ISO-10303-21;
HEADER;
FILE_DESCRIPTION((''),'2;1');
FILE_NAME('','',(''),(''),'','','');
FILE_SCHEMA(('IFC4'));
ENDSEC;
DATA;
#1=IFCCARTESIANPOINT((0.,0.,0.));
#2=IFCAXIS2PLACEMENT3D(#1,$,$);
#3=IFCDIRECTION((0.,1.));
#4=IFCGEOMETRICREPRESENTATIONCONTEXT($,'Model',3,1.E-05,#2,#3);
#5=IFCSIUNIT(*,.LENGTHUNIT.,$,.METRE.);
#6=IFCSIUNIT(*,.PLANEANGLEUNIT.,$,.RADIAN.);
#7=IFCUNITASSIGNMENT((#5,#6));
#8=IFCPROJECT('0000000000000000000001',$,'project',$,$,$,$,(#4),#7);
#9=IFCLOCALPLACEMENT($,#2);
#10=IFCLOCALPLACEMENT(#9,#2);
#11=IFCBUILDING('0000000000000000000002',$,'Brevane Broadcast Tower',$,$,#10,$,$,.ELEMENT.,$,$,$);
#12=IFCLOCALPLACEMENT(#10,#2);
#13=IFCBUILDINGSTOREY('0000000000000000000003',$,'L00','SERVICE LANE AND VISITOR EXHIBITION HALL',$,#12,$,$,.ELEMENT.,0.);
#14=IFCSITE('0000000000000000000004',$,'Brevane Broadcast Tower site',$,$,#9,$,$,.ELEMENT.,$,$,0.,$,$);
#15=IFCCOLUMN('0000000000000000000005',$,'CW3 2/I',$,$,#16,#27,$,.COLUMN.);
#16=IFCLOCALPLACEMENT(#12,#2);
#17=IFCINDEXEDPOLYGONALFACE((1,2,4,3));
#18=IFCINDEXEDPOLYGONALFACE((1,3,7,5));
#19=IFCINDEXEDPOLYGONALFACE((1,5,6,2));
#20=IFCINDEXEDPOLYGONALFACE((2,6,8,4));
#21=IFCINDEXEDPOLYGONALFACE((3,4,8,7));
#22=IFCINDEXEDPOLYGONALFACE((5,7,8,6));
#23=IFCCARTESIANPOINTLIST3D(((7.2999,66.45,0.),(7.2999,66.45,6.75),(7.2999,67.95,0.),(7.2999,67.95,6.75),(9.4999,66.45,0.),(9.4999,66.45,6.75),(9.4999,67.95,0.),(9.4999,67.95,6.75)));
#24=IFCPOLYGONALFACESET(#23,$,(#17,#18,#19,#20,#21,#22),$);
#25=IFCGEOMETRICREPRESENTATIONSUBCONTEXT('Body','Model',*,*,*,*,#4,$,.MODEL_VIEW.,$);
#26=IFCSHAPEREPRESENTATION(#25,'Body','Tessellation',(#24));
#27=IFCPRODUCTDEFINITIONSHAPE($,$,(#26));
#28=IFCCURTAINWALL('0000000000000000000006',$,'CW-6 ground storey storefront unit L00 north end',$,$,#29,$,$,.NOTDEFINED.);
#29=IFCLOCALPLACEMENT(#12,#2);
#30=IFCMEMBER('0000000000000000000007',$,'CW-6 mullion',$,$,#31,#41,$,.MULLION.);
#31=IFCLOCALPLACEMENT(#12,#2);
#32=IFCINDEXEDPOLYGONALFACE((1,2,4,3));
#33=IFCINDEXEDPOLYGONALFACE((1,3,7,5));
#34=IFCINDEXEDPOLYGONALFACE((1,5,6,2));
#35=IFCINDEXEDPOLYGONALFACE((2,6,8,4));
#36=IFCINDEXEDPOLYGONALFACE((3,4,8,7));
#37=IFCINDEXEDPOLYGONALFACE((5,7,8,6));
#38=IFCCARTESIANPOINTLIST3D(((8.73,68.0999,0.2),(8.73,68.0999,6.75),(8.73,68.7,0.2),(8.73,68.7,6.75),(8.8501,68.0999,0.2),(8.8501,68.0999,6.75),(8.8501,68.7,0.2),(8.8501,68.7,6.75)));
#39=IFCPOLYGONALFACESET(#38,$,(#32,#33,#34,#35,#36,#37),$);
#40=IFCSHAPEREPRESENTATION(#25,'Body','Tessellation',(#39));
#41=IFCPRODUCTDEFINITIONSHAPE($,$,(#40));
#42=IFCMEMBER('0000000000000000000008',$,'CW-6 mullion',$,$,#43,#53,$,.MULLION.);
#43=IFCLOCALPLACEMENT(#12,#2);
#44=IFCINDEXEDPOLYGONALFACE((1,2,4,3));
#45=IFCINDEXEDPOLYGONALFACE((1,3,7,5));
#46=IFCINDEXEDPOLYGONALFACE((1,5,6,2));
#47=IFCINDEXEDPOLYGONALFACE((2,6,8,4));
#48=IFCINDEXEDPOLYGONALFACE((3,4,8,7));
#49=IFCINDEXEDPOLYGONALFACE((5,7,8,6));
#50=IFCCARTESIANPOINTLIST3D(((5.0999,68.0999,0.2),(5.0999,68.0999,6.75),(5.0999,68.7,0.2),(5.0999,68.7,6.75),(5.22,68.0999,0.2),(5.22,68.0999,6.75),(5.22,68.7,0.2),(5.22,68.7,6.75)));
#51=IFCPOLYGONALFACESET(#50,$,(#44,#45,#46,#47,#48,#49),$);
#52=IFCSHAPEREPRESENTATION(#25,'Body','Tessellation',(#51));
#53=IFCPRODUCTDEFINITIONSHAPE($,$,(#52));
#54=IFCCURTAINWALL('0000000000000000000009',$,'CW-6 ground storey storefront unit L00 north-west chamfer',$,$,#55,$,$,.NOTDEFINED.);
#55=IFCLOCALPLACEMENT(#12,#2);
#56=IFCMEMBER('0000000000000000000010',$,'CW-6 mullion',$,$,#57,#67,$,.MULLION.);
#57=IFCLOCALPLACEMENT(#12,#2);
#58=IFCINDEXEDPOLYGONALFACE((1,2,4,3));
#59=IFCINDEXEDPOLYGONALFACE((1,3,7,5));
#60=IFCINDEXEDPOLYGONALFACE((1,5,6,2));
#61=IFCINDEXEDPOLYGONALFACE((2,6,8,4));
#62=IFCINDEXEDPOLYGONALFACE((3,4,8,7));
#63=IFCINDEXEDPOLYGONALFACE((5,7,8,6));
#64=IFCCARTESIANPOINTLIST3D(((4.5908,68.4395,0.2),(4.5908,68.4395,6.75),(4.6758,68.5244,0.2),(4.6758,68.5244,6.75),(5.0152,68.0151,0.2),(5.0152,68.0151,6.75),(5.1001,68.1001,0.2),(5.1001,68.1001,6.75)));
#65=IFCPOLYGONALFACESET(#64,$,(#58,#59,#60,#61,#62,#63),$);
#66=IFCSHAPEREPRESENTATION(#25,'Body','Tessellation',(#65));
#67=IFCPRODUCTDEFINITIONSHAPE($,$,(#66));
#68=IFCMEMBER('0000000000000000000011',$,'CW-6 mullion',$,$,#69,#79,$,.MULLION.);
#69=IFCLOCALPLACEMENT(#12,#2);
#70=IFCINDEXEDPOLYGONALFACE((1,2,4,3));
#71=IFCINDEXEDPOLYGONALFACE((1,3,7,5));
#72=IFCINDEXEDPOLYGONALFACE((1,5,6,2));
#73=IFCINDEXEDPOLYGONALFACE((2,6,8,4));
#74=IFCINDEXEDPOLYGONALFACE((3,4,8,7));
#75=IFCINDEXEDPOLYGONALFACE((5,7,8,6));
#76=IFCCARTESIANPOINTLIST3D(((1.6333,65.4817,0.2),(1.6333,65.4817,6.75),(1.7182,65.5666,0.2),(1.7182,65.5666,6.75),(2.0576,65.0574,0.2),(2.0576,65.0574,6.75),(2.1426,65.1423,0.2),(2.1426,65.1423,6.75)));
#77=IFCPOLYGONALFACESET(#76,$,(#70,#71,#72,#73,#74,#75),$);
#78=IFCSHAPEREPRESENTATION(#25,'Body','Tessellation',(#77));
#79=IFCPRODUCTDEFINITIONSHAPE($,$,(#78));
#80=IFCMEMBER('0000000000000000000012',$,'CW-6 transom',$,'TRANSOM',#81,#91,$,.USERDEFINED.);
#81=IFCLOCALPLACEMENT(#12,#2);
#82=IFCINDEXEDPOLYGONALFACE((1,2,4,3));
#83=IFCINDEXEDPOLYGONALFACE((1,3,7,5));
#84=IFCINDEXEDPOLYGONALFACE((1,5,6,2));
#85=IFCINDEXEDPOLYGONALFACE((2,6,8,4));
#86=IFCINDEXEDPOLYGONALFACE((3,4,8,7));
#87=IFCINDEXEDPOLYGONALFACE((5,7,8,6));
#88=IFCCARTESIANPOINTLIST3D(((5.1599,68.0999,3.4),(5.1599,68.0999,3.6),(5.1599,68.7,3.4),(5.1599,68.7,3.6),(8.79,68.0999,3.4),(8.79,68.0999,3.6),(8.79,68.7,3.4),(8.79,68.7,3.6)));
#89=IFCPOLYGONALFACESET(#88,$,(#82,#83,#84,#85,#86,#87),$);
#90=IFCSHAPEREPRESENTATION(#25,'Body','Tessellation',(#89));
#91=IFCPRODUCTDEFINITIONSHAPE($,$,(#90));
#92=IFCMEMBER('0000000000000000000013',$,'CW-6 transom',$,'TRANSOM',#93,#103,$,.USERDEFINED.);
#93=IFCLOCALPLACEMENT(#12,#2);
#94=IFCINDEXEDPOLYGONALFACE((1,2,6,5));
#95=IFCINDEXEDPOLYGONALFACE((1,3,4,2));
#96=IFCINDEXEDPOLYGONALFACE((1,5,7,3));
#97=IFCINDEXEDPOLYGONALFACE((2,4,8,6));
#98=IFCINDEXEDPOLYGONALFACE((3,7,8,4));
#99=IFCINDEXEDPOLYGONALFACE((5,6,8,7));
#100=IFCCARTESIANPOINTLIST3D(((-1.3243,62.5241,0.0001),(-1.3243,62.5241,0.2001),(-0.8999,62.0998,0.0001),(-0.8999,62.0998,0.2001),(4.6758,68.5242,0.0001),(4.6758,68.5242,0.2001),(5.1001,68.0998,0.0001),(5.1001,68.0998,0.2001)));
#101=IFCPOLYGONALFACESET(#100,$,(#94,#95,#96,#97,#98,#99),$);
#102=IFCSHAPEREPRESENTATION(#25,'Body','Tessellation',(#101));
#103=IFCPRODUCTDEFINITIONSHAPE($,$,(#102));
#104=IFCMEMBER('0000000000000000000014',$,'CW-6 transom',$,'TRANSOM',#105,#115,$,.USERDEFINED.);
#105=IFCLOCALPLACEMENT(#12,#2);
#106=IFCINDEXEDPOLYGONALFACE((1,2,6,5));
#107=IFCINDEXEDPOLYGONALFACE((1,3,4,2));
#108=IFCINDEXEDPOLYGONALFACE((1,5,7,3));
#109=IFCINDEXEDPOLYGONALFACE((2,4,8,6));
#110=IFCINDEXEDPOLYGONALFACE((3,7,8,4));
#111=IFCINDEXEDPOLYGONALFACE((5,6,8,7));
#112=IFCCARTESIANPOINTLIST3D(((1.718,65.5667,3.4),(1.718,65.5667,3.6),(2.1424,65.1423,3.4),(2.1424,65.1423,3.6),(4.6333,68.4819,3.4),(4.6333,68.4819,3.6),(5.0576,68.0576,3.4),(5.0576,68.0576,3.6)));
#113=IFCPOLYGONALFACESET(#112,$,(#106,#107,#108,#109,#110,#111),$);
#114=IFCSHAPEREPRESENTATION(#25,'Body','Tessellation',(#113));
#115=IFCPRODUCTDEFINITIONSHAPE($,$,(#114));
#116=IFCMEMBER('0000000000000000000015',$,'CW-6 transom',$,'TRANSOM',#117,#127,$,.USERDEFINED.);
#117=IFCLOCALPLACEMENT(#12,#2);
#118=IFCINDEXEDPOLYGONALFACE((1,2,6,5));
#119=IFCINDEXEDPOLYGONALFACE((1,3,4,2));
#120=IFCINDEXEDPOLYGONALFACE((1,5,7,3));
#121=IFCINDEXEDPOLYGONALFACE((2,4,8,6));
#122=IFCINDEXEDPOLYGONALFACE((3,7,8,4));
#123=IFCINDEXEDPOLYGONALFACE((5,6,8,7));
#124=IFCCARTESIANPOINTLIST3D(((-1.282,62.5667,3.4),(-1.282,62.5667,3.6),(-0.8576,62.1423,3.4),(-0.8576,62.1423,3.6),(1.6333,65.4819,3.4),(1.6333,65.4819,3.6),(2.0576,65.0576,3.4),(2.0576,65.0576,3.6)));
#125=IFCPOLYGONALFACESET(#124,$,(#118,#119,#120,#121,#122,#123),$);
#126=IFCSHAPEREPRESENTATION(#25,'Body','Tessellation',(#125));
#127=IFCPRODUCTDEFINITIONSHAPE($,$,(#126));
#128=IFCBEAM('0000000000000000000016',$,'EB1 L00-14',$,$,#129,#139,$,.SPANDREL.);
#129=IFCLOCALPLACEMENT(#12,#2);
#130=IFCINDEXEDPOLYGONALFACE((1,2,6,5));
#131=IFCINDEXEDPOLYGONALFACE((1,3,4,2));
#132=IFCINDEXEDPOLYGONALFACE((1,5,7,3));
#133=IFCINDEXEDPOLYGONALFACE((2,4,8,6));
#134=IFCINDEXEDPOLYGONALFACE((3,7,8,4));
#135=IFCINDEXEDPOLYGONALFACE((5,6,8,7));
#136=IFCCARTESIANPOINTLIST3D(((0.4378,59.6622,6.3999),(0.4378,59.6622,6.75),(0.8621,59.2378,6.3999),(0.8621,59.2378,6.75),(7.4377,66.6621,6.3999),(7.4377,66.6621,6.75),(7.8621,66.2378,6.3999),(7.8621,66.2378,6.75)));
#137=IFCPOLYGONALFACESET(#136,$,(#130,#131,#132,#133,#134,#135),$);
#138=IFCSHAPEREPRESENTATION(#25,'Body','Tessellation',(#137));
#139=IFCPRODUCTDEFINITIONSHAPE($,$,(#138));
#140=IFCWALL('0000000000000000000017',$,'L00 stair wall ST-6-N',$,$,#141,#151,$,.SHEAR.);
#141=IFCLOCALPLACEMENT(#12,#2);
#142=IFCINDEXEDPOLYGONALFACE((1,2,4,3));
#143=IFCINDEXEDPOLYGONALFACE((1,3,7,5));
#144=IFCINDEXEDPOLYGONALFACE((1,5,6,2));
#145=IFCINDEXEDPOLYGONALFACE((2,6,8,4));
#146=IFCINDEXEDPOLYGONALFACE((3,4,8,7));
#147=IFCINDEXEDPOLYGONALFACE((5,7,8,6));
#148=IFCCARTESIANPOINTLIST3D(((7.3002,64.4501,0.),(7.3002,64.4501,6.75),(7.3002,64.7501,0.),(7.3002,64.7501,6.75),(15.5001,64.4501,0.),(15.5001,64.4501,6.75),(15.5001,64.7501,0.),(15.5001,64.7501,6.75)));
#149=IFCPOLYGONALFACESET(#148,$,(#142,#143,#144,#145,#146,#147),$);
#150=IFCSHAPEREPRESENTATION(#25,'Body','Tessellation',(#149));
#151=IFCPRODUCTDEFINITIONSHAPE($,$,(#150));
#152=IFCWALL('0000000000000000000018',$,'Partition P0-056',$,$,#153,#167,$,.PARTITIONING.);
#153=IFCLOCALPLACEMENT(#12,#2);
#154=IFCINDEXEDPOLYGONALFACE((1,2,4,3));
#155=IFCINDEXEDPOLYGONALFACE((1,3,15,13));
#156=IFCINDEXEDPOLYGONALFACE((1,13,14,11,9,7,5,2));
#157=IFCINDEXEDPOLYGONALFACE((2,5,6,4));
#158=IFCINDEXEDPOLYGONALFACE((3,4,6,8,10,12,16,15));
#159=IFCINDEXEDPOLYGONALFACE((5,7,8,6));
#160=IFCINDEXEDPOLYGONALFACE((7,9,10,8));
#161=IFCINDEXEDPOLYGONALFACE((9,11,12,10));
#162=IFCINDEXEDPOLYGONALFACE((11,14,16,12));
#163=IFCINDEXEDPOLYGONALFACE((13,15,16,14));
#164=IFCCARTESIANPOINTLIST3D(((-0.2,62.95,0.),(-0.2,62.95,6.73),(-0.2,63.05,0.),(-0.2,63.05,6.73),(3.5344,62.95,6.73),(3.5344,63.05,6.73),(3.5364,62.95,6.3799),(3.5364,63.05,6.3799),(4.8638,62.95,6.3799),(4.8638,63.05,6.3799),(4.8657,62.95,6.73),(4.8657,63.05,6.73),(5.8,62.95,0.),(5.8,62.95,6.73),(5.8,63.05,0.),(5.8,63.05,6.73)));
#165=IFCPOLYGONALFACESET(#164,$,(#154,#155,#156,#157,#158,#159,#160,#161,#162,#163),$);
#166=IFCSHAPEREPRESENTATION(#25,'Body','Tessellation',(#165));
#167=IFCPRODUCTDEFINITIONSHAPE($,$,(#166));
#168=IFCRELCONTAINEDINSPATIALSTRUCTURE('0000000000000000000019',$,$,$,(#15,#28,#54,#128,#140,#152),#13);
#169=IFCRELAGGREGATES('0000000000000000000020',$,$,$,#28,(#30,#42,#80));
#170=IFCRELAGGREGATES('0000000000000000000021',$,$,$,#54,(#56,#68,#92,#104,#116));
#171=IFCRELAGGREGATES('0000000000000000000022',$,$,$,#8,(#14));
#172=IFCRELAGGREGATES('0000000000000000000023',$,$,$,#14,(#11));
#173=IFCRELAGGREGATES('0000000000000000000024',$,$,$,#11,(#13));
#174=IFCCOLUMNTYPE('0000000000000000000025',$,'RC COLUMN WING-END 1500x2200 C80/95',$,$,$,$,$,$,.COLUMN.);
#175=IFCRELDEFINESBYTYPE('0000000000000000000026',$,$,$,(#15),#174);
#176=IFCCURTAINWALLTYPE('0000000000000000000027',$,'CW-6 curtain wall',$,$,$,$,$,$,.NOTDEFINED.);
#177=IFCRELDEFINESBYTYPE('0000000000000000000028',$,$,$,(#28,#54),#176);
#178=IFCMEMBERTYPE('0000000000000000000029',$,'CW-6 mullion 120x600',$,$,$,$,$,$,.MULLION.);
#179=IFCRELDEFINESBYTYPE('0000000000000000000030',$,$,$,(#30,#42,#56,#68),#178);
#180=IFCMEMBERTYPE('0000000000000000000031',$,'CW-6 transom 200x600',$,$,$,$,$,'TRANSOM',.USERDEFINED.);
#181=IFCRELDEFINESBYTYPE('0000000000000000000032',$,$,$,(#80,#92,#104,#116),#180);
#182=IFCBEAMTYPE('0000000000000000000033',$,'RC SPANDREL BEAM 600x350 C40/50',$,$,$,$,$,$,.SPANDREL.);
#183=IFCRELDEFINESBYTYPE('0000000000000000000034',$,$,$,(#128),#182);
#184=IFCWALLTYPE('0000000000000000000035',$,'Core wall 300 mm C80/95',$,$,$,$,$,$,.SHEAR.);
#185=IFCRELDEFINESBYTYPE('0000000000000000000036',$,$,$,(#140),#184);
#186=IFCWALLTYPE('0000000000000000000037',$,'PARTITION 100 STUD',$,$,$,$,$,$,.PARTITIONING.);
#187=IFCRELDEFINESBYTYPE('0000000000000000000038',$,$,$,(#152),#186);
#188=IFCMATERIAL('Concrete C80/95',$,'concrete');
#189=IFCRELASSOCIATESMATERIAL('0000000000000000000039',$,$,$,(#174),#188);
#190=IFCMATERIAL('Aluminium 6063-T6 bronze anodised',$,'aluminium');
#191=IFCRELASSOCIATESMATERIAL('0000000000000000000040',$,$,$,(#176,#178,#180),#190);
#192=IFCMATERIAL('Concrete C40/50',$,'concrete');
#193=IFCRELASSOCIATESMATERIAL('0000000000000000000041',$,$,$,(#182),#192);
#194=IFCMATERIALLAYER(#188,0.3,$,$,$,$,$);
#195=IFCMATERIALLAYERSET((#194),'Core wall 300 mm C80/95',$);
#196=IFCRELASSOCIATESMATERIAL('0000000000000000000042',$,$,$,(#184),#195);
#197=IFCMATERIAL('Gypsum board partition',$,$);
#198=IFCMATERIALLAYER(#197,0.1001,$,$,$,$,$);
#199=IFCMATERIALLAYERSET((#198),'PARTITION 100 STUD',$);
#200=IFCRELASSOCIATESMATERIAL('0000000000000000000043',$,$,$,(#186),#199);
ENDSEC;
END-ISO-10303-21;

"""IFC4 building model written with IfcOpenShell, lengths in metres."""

from ifc_helpers import new_model, si_unit, direction, frame, frame_2d, origin, origin_2d, place, context, subcontext, project, spatial, polyline, rectangle, outline, extrude, material, layer, layer_set, material_profile, profile_set, type_object, element, aggregate, save


model = new_model("IFC4")

# Units and contexts
model_context = context("Model", 3, precision=1e-05, world=origin(), true_north=direction((0.0, 1.0)))
body_context = subcontext(model_context, "Body", "Model", "MODEL_VIEW")
ifc_project = project(units=[si_unit("LENGTHUNIT", "METRE"), si_unit("PLANEANGLEUNIT", "RADIAN")], contexts=[model_context])

# Site, building, storey
site_placement = place(None, origin())
site = spatial("IfcSite", under=ifc_project, at=site_placement, Name="Brevane Broadcast Tower site", CompositionType="ELEMENT", RefElevation=0.0)
building_placement = place(site_placement, origin())
building = spatial("IfcBuilding", under=site, at=building_placement, Name="Brevane Broadcast Tower", CompositionType="ELEMENT")
storey_placement = place(building_placement, origin())
storey = spatial("IfcBuildingStorey", under=building, at=storey_placement, Name="L00", Description="SERVICE LANE AND VISITOR EXHIBITION HALL", CompositionType="ELEMENT", Elevation=0.0)

# Column
ifc_material_1 = material(Name="Concrete C80/95", Category="concrete")
ifc_material_profile_1 = material_profile(ifc_material_1, rectangle(XDim=1.5, YDim=2.2, at=origin_2d()), Name="RC 1500x2200")
ifc_profile_set_1 = profile_set([ifc_material_profile_1], Name="Concrete C80/95")
column_type = type_object("IfcColumnType", Name="RC COLUMN WING-END 1500x2200 C80/95", PredefinedType="COLUMN", material=ifc_profile_set_1)
column_placement = place(storey_placement, frame((8.3999, 67.2, 0.0), z_axis=(0.0, 0.0, 1.0), x_axis=(0.0, 1.0, 0.0)))
element("IfcColumn", 1, at=column_placement, inside=storey, type_object=column_type, Name="CW3 2/I", PredefinedType="COLUMN", context=body_context, shape_type="SweptSolid", body=[
    extrude(rectangle(XDim=1.5, YDim=2.2, at=origin_2d()), origin(), (0.0, 0.0, 1.0), 6.75),
])

# Curtain walls, members
ifc_material_2 = material(Name="Aluminium 6063-T6 bronze anodised", Category="aluminium")
curtain_wall_type = type_object("IfcCurtainWallType", Name="CW-6 curtain wall", PredefinedType="NOTDEFINED", material=ifc_material_2)
curtain_wall_1_placement = place(storey_placement, origin())
curtain_wall_1 = element("IfcCurtainWall", 2, at=curtain_wall_1_placement, inside=storey, type_object=curtain_wall_type, Name="CW-6 ground storey storefront unit L00 north end", PredefinedType="NOTDEFINED")
ifc_material_profile_2 = material_profile(ifc_material_2, rectangle(XDim=0.6001, YDim=0.1201, at=origin_2d()), Name="RECT 120x600")
ifc_profile_set_2 = profile_set([ifc_material_profile_2], Name="Aluminium 6063-T6 bronze anodised")
member_type_1 = type_object("IfcMemberType", Name="CW-6 mullion 120x600", PredefinedType="MULLION", material=ifc_profile_set_2)
member_1_placement = place(storey_placement, frame((8.79, 68.3999, 0.2), z_axis=(0.0, 0.0, 1.0), x_axis=(0.0, -1.0, 0.0)))
member_1 = element("IfcMember", 3, at=member_1_placement, type_object=member_type_1, Name="CW-6 mullion", PredefinedType="MULLION", context=body_context, shape_type="SweptSolid", body=[
    extrude(rectangle(XDim=0.6001, YDim=0.1201, at=origin_2d()), origin(), (0.0, 0.0, 1.0), 6.55),
])
member_2_placement = place(storey_placement, frame((5.1599, 68.3999, 0.2), z_axis=(0.0, 0.0, 1.0), x_axis=(0.0, -1.0, 0.0)))
member_2 = element("IfcMember", 4, at=member_2_placement, type_object=member_type_1, Name="CW-6 mullion", PredefinedType="MULLION", context=body_context, shape_type="SweptSolid", body=[
    extrude(rectangle(XDim=0.6001, YDim=0.1201, at=origin_2d()), origin(), (0.0, 0.0, 1.0), 6.55),
])
curtain_wall_2_placement = place(storey_placement, origin())
curtain_wall_2 = element("IfcCurtainWall", 5, at=curtain_wall_2_placement, inside=storey, type_object=curtain_wall_type, Name="CW-6 ground storey storefront unit L00 north-west chamfer", PredefinedType="NOTDEFINED")
member_3_placement = place(storey_placement, frame((4.8455, 68.2698, 0.2), z_axis=(0.0, 0.0, 1.0), x_axis=(0.707107, -0.707107, 0.0)))
member_3 = element("IfcMember", 6, at=member_3_placement, type_object=member_type_1, Name="CW-6 mullion", PredefinedType="MULLION", context=body_context, shape_type="SweptSolid", body=[
    extrude(rectangle(XDim=0.6001, YDim=0.1201, at=origin_2d()), origin(), (0.0, 0.0, 1.0), 6.55),
])
member_4_placement = place(storey_placement, frame((1.8879, 65.312, 0.2), z_axis=(0.0, 0.0, 1.0), x_axis=(0.707107, -0.707107, 0.0)))
member_4 = element("IfcMember", 7, at=member_4_placement, type_object=member_type_1, Name="CW-6 mullion", PredefinedType="MULLION", context=body_context, shape_type="SweptSolid", body=[
    extrude(rectangle(XDim=0.6001, YDim=0.1201, at=origin_2d()), origin(), (0.0, 0.0, 1.0), 6.55),
])

# Members
ifc_material_profile_3 = material_profile(ifc_material_2, rectangle(XDim=0.6001, YDim=0.2, at=origin_2d()), Name="RECT 200x600")
ifc_profile_set_3 = profile_set([ifc_material_profile_3], Name="Aluminium 6063-T6 bronze anodised")
member_type_2 = type_object("IfcMemberType", Name="CW-6 transom 200x600", ElementType="TRANSOM", PredefinedType="USERDEFINED", material=ifc_profile_set_3)
member_5_placement = place(storey_placement, frame((8.79, 68.3999, 3.5), z_axis=(-1.0, 0.0, 0.0), x_axis=(0.0, -1.0, 0.0)))
member_5 = element("IfcMember", 8, at=member_5_placement, type_object=member_type_2, Name="CW-6 transom", ObjectType="TRANSOM", PredefinedType="USERDEFINED", context=body_context, shape_type="SweptSolid", body=[
    extrude(rectangle(XDim=0.6001, YDim=0.2, at=origin_2d()), origin(), (0.0, 0.0, 1.0), 3.6301),
])
aggregate(curtain_wall_1, [member_1, member_2, member_5])
member_6_placement = place(storey_placement, frame((4.8879, 68.312, 0.1001), z_axis=(-0.707107, -0.707107, 0.0), x_axis=(0.707107, -0.707107, 0.0)))
member_6 = element("IfcMember", 9, at=member_6_placement, type_object=member_type_2, Name="CW-6 transom", ObjectType="TRANSOM", PredefinedType="USERDEFINED", context=body_context, shape_type="SweptSolid", body=[
    extrude(rectangle(XDim=0.6001, YDim=0.2, at=origin_2d()), origin(), (0.0, 0.0, 1.0), 8.4854),
])
member_7_placement = place(storey_placement, frame((4.8455, 68.2698, 3.5), z_axis=(-0.707107, -0.707107, 0.0), x_axis=(0.707107, -0.707107, 0.0)))
member_7 = element("IfcMember", 10, at=member_7_placement, type_object=member_type_2, Name="CW-6 transom", ObjectType="TRANSOM", PredefinedType="USERDEFINED", context=body_context, shape_type="SweptSolid", body=[
    extrude(rectangle(XDim=0.6001, YDim=0.2, at=origin_2d()), origin(), (0.0, 0.0, 1.0), 4.1228),
])
member_8_placement = place(storey_placement, frame((1.8455, 65.2698, 3.5), z_axis=(-0.707107, -0.707107, 0.0), x_axis=(0.707107, -0.707107, 0.0)))
member_8 = element("IfcMember", 11, at=member_8_placement, type_object=member_type_2, Name="CW-6 transom", ObjectType="TRANSOM", PredefinedType="USERDEFINED", context=body_context, shape_type="SweptSolid", body=[
    extrude(rectangle(XDim=0.6001, YDim=0.2, at=origin_2d()), origin(), (0.0, 0.0, 1.0), 4.1228),
])
aggregate(curtain_wall_2, [member_3, member_4, member_6, member_7, member_8])

# Beam
ifc_material_3 = material(Name="Concrete C40/50", Category="concrete")
ifc_material_profile_4 = material_profile(ifc_material_3, rectangle(XDim=0.6001, YDim=0.3501, at=origin_2d()), Name="RC 600x350")
ifc_profile_set_4 = profile_set([ifc_material_profile_4], Name="Concrete C40/50")
beam_type = type_object("IfcBeamType", Name="RC SPANDREL BEAM 600x350 C40/50", PredefinedType="SPANDREL", material=ifc_profile_set_4)
beam_placement = place(storey_placement, frame((7.6499, 66.45, 6.575), z_axis=(-0.707107, -0.707107, 0.0), x_axis=(0.707107, -0.707107, 0.0)))
element("IfcBeam", 12, at=beam_placement, inside=storey, type_object=beam_type, Name="EB1 L00-14", PredefinedType="SPANDREL", context=body_context, shape_type="SweptSolid", body=[
    extrude(rectangle(XDim=0.6001, YDim=0.3501, at=origin_2d()), origin(), (0.0, 0.0, 1.0), 9.8994),
])

# Walls
ifc_layer_1 = layer(ifc_material_1, 0.3)
ifc_layer_set_1 = layer_set([ifc_layer_1], Name="Core wall 300 mm C80/95")
wall_type_1 = type_object("IfcWallType", Name="Core wall 300 mm C80/95", PredefinedType="SHEAR", material=ifc_layer_set_1)
wall_1_placement = place(storey_placement, frame((7.3, 64.6001, 0.0), z_axis=(0.0, 0.0, 1.0), x_axis=(1.0, 0.0, 0.0)))
element("IfcWall", 13, at=wall_1_placement, inside=storey, type_object=wall_type_1, Name="L00 stair wall ST-6-N", PredefinedType="SHEAR", context=body_context, shape_type="SweptSolid", body=[
    extrude(rectangle(XDim=8.2, YDim=0.3, at=frame_2d((4.1001, 0.0))), origin(), (0.0, 0.0, 1.0), 6.75),
])
ifc_material_4 = material(Name="Gypsum board partition")
ifc_layer_2 = layer(ifc_material_4, 0.1001)
ifc_layer_set_2 = layer_set([ifc_layer_2], Name="PARTITION 100 STUD")
wall_type_2 = type_object("IfcWallType", Name="PARTITION 100 STUD", PredefinedType="PARTITIONING", material=ifc_layer_set_2)
wall_2_placement = place(storey_placement, frame((-0.2, 63.0, 0.0), z_axis=(0.0, 0.0, 1.0), x_axis=(1.0, 0.0, 0.0)))
element("IfcWall", 14, at=wall_2_placement, inside=storey, type_object=wall_type_2, Name="Partition P0-056", PredefinedType="PARTITIONING", context=body_context, shape_type="SweptSolid", body=[
    extrude(outline(polyline([(0.0, 0.0), (6.0, 0.0), (6.0, 6.73), (5.0657, 6.73), (5.0637, 6.3799), (3.7363, 6.3799), (3.7344, 6.73), (0.0, 6.73), (0.0, 0.0)])), frame((0.0, 0.05, 0.0), z_axis=(0.0, -1.0, 0.0), x_axis=(1.0, 0.0, 0.0)), (0.0, 0.0, 1.0), 0.1001),
])

save(model, "model.ifc")
